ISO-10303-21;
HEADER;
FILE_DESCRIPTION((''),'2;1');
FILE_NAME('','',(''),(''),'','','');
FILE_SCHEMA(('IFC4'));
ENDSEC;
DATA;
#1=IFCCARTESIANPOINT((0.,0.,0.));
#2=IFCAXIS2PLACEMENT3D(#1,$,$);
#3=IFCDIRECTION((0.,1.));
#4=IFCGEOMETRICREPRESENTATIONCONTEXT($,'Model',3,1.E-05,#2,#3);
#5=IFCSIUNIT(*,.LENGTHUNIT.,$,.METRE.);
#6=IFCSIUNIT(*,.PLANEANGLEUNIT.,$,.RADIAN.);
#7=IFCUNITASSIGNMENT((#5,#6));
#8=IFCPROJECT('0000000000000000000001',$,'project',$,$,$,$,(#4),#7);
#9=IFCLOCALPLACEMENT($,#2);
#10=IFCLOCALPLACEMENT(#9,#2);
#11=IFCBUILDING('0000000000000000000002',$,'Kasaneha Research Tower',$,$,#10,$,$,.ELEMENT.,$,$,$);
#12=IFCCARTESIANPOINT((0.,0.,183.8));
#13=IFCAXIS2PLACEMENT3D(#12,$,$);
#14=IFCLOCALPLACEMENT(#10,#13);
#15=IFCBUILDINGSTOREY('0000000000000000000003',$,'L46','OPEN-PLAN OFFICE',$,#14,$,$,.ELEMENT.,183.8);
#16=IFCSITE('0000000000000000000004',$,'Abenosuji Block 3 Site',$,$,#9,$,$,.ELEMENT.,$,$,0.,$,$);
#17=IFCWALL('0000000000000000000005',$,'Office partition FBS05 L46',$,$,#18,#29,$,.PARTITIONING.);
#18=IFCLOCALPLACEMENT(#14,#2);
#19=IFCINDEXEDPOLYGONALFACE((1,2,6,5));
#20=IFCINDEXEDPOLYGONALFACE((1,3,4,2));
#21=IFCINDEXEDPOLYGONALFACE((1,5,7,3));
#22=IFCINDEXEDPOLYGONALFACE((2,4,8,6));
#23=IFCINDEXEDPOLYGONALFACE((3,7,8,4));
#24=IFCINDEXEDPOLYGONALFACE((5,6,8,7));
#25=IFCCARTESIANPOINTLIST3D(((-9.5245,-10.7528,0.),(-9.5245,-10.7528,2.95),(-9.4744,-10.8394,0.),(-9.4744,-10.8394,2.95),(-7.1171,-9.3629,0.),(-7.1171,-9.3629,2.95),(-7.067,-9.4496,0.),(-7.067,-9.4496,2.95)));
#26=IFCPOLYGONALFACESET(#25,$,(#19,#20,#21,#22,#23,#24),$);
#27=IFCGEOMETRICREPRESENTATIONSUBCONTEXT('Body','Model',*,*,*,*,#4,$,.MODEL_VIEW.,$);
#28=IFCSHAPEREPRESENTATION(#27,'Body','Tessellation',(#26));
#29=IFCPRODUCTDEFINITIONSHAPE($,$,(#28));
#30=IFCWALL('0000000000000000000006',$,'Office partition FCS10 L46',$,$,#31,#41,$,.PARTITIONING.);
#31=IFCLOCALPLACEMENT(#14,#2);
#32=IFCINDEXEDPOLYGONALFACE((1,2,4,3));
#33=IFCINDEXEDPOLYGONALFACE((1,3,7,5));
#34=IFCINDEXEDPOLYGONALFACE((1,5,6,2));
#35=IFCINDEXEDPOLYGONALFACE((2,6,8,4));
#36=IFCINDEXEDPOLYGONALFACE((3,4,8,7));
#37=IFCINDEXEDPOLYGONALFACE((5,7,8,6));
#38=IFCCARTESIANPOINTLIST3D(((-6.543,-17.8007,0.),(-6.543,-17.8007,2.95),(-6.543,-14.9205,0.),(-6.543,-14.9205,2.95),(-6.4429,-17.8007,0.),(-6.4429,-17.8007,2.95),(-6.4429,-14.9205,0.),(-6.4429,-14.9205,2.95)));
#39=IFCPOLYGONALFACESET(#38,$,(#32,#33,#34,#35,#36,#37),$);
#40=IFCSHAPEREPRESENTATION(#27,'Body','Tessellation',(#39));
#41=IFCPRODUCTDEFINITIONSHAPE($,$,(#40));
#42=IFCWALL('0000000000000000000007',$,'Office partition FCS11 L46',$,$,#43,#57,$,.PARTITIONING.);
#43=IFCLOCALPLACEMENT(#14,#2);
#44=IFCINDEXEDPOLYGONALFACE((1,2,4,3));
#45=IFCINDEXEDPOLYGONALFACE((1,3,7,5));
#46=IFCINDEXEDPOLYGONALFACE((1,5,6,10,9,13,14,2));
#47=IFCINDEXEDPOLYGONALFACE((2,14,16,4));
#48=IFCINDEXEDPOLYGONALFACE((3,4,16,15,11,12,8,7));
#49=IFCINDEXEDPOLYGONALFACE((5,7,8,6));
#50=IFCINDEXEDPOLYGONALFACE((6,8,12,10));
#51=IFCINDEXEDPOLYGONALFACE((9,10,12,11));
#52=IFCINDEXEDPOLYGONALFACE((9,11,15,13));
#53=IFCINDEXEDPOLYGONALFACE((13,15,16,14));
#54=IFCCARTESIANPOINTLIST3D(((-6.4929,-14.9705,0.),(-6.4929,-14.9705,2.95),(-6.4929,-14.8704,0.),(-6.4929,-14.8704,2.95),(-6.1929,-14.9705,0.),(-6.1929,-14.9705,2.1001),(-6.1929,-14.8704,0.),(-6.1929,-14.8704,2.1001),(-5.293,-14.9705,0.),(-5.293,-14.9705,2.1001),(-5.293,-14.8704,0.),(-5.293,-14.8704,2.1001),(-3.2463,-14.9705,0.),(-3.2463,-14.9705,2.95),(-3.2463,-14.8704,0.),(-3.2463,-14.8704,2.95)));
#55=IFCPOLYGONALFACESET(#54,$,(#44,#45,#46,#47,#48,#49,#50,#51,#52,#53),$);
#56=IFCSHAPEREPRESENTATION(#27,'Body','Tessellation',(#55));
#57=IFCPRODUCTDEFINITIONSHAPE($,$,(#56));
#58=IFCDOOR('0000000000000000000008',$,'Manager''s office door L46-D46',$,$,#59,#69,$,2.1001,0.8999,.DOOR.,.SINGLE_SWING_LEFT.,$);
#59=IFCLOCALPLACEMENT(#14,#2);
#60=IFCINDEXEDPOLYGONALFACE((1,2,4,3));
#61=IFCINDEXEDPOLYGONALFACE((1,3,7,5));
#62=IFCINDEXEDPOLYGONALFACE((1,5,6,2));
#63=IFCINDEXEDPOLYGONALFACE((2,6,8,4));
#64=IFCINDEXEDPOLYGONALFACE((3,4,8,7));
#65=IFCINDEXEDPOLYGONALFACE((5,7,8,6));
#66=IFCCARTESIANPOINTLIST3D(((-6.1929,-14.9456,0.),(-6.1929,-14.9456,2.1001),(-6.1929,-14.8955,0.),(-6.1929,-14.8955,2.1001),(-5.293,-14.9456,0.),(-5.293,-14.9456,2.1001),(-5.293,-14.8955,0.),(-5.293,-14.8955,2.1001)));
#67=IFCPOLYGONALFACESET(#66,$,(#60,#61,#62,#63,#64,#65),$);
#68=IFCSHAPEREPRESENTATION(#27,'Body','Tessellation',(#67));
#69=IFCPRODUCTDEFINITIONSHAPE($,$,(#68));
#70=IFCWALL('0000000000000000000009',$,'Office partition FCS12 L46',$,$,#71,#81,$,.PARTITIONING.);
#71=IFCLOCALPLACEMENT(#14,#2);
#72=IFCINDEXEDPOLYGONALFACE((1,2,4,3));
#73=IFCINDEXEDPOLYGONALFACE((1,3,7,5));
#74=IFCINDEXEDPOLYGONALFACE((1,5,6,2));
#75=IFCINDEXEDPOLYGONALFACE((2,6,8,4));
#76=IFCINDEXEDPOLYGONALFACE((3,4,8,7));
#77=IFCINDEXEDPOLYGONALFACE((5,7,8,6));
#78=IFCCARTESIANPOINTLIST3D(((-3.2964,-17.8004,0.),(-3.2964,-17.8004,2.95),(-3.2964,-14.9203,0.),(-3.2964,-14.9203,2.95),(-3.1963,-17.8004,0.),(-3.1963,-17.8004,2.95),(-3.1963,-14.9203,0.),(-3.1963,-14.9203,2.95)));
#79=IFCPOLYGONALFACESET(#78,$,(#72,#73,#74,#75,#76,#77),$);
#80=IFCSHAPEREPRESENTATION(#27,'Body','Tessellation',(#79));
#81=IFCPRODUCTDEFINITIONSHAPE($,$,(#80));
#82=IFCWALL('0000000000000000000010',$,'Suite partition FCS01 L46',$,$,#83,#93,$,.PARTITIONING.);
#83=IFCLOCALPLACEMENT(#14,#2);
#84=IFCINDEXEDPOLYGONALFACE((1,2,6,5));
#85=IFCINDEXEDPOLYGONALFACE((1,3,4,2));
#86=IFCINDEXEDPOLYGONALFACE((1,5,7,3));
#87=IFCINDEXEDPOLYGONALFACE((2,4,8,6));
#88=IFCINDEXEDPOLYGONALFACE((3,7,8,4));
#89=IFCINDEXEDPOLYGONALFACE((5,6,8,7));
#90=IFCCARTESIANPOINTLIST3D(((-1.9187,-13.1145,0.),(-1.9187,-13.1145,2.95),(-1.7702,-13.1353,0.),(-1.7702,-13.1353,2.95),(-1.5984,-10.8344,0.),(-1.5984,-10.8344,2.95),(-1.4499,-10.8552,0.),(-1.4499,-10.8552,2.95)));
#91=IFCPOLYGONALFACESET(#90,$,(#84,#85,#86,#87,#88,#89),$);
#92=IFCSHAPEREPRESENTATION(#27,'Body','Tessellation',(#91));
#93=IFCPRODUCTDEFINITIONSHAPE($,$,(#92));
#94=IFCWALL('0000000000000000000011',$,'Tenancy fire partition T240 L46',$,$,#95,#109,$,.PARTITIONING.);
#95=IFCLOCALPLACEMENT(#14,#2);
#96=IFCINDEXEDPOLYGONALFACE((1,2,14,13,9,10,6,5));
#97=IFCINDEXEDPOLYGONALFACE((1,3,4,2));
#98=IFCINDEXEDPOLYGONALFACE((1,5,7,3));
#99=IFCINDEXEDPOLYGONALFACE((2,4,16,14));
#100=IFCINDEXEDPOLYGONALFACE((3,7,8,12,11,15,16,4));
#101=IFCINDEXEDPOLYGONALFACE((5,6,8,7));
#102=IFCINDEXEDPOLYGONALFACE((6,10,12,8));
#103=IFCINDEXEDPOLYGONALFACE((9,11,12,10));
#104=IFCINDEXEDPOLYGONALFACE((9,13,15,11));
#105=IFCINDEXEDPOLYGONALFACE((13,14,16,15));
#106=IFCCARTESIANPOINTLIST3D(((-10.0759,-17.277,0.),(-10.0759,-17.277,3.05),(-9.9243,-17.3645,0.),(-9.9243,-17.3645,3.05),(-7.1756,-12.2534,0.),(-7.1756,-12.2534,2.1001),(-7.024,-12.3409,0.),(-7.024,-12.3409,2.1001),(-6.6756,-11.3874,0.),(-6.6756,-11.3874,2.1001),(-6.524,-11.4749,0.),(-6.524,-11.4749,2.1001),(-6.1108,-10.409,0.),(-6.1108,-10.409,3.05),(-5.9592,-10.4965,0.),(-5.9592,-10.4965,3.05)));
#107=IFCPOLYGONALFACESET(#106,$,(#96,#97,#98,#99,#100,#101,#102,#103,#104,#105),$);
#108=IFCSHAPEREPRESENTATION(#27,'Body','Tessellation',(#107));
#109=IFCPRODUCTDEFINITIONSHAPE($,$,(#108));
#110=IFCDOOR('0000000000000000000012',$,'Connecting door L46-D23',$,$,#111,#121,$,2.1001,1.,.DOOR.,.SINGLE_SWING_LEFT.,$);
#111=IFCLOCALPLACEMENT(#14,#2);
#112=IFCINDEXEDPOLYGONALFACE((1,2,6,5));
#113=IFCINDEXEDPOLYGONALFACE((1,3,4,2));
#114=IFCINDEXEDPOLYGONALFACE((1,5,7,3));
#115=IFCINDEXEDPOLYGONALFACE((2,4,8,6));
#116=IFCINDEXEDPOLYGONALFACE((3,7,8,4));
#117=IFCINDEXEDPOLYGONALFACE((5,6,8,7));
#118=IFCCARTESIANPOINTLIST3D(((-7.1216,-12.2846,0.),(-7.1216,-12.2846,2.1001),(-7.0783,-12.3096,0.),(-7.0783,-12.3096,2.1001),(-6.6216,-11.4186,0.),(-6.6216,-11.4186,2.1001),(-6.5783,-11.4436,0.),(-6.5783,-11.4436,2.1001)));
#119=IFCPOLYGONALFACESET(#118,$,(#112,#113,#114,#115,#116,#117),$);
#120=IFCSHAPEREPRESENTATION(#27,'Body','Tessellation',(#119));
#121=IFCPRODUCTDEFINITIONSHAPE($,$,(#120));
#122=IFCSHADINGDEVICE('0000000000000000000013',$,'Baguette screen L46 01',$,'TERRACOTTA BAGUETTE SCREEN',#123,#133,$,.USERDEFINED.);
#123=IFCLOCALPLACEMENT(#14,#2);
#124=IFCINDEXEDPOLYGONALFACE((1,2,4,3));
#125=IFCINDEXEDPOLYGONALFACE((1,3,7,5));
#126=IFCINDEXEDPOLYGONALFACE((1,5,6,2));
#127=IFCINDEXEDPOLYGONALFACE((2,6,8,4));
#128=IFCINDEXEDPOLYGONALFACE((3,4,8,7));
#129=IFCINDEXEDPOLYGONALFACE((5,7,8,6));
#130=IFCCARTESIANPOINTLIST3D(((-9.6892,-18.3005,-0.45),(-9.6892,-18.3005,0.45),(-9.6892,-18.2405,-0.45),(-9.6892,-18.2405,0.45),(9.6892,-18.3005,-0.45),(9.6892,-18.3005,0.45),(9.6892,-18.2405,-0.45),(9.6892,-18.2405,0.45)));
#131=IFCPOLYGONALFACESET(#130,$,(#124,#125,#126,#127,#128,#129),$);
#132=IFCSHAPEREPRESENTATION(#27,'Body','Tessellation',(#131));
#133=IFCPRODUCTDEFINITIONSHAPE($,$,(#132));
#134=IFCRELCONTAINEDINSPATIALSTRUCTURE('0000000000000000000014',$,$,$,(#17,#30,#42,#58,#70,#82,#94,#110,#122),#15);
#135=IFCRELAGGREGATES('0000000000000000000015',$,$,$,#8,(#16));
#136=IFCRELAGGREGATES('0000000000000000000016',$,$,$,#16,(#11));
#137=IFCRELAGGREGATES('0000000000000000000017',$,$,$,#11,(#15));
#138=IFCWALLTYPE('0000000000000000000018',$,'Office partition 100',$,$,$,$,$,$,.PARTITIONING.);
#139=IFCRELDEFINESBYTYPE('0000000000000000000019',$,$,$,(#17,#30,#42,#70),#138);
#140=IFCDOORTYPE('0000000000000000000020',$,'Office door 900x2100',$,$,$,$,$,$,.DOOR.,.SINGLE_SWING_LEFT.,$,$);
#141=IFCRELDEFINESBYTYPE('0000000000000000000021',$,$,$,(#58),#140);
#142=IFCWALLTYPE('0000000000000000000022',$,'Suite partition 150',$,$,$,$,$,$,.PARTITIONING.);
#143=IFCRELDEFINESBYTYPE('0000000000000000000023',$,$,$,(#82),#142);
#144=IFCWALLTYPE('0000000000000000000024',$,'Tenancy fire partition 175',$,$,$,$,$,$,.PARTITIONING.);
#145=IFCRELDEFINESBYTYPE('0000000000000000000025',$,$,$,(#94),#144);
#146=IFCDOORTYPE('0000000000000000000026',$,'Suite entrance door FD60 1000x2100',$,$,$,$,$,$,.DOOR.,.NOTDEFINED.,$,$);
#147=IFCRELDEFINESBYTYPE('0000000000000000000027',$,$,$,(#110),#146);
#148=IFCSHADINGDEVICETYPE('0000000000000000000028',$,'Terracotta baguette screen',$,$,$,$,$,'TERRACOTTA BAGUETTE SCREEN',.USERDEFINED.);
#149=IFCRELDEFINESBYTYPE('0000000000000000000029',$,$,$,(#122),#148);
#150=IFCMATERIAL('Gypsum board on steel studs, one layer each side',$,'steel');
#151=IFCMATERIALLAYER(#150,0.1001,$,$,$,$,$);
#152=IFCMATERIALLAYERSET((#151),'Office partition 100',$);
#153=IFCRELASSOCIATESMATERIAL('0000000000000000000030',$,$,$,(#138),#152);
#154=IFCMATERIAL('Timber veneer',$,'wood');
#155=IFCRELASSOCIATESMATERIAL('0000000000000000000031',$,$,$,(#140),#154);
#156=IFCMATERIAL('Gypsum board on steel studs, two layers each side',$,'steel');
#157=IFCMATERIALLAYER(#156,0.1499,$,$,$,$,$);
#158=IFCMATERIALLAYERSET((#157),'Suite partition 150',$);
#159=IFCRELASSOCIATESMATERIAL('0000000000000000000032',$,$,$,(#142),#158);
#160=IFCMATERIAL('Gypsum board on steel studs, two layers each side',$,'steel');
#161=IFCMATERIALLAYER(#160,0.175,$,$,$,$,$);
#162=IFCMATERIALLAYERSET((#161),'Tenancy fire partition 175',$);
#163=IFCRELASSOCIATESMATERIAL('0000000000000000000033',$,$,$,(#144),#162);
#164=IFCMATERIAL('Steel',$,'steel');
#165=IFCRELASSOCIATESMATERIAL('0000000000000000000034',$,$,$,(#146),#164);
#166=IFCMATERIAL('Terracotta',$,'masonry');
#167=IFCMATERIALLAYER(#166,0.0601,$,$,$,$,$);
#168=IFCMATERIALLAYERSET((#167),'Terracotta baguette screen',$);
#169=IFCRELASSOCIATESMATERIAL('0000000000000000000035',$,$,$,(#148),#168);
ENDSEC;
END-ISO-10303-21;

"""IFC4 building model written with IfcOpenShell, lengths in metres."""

from ifc_helpers import new_model, si_unit, direction, frame, frame_2d, origin, origin_2d, place, context, subcontext, project, spatial, rectangle, extrude, material, layer, layer_set, type_object, element, fill, save


model = new_model("IFC4")

# Units and contexts
model_context = context("Model", 3, precision=1e-05, world=origin(), true_north=direction((0.0, 1.0)))
body_context = subcontext(model_context, "Body", "Model", "MODEL_VIEW")
ifc_project = project(units=[si_unit("LENGTHUNIT", "METRE"), si_unit("PLANEANGLEUNIT", "RADIAN")], contexts=[model_context])

# Site, building, storey
site_placement = place(None, origin())
site = spatial("IfcSite", under=ifc_project, at=site_placement, Name="Abenosuji Block 3 Site", CompositionType="ELEMENT", RefElevation=0.0)
building_placement = place(site_placement, origin())
building = spatial("IfcBuilding", under=site, at=building_placement, Name="Kasaneha Research Tower", CompositionType="ELEMENT")
storey_placement = place(building_placement, frame((0.0, 0.0, 183.8)))
storey = spatial("IfcBuildingStorey", under=building, at=storey_placement, Name="L46", Description="OPEN-PLAN OFFICE", CompositionType="ELEMENT", Elevation=183.8)

# Walls
ifc_material_1 = material(Name="Gypsum board on steel studs, one layer each side", Category="steel")
ifc_layer_1 = layer(ifc_material_1, 0.1001)
ifc_layer_set_1 = layer_set([ifc_layer_1], Name="Office partition 100")
wall_type_1 = type_object("IfcWallType", Name="Office partition 100", PredefinedType="PARTITIONING", material=ifc_layer_set_1)
wall_1_placement = place(storey_placement, frame((-7.092, -9.4062, 0.0), z_axis=(0.0, 0.0, 1.0), x_axis=(-0.866035, -0.499983, 0.0)))
element("IfcWall", 1, at=wall_1_placement, inside=storey, type_object=wall_type_1, Name="Office partition FBS05 L46", PredefinedType="PARTITIONING", context=body_context, shape_type="SweptSolid", body=[
    extrude(rectangle(XDim=2.7798, YDim=0.1001, at=frame_2d((1.3899, 0.0))), origin(), (0.0, 0.0, 1.0), 2.95),
])
wall_2_placement = place(storey_placement, frame((-6.4929, -17.8005, 0.0), z_axis=(0.0, 0.0, 1.0), x_axis=(0.0, 1.0, 0.0)))
element("IfcWall", 2, at=wall_2_placement, inside=storey, type_object=wall_type_1, Name="Office partition FCS10 L46", PredefinedType="PARTITIONING", context=body_context, shape_type="SweptSolid", body=[
    extrude(rectangle(XDim=2.8801, YDim=0.1001, at=frame_2d((1.4399, 0.0))), origin(), (0.0, 0.0, 1.0), 2.95),
])

# Wall, opening, door
wall_3_placement = place(storey_placement, frame((-6.4929, -14.9204, 0.0), z_axis=(0.0, 0.0, 1.0), x_axis=(1.0, 0.0, 0.0)))
wall_3 = element("IfcWall", 3, at=wall_3_placement, inside=storey, type_object=wall_type_1, Name="Office partition FCS11 L46", PredefinedType="PARTITIONING", context=body_context, shape_type="SweptSolid", body=[
    extrude(rectangle(XDim=3.2466, YDim=0.1001, at=frame_2d((1.6233, 0.0))), origin(), (0.0, 0.0, 1.0), 2.95),
])
opening_1_placement = place(wall_3_placement, frame((0.3, 0.0, 0.0)))
opening_1 = element("IfcOpeningElement", 4, at=opening_1_placement, cuts=wall_3, PredefinedType="OPENING", context=body_context, shape_type="SweptSolid", body=[
    extrude(rectangle(XDim=0.8999, YDim=2.1001, at=frame_2d((0.45, 1.05))), frame((0.0, 0.0601, 0.0), z_axis=(0.0, -1.0, 0.0), x_axis=(1.0, 0.0, 0.0)), (0.0, 0.0, 1.0), 0.1201),
])
ifc_material_2 = material(Name="Timber veneer", Category="wood")
door_type_1 = type_object("IfcDoorType", Name="Office door 900x2100", OperationType="SINGLE_SWING_LEFT", PredefinedType="DOOR", material=ifc_material_2)
door_1_placement = place(opening_1_placement, origin())
door_1 = element("IfcDoor", 5, at=door_1_placement, inside=storey, type_object=door_type_1, Name="Manager's office door L46-D46", OperationType="SINGLE_SWING_LEFT", OverallHeight=2.1001, OverallWidth=0.8999, PredefinedType="DOOR", context=body_context, shape_type="SweptSolid", body=[
    extrude(rectangle(XDim=0.8999, YDim=2.1001, at=frame_2d((0.45, 1.05))), frame((0.0, 0.0249, 0.0), z_axis=(0.0, -1.0, 0.0), x_axis=(1.0, 0.0, 0.0)), (0.0, 0.0, 1.0), 0.05),
])
fill(opening_1, door_1)

# Walls
wall_4_placement = place(storey_placement, frame((-3.2463, -14.9204, 0.0), z_axis=(0.0, 0.0, 1.0), x_axis=(0.0, -1.0, 0.0)))
element("IfcWall", 6, at=wall_4_placement, inside=storey, type_object=wall_type_1, Name="Office partition FCS12 L46", PredefinedType="PARTITIONING", context=body_context, shape_type="SweptSolid", body=[
    extrude(rectangle(XDim=2.8801, YDim=0.1001, at=frame_2d((1.4399, 0.0))), origin(), (0.0, 0.0, 1.0), 2.95),
])
ifc_material_3 = material(Name="Gypsum board on steel studs, two layers each side", Category="steel")
ifc_layer_2 = layer(ifc_material_3, 0.1499)
ifc_layer_set_2 = layer_set([ifc_layer_2], Name="Suite partition 150")
wall_type_2 = type_object("IfcWallType", Name="Suite partition 150", PredefinedType="PARTITIONING", material=ifc_layer_set_2)
wall_5_placement = place(storey_placement, frame((-1.8445, -13.125, 0.0), z_axis=(0.0, 0.0, 1.0), x_axis=(0.13912, 0.990276, 0.0)))
element("IfcWall", 7, at=wall_5_placement, inside=storey, type_object=wall_type_2, Name="Suite partition FCS01 L46", PredefinedType="PARTITIONING", context=body_context, shape_type="SweptSolid", body=[
    extrude(rectangle(XDim=2.3025, YDim=0.1499, at=frame_2d((1.1514, 0.0))), origin(), (0.0, 0.0, 1.0), 2.95),
])

# Wall, opening, door
ifc_material_4 = material(Name="Gypsum board on steel studs, two layers each side", Category="steel")
ifc_layer_3 = layer(ifc_material_4, 0.175)
ifc_layer_set_3 = layer_set([ifc_layer_3], Name="Tenancy fire partition 175")
wall_type_3 = type_object("IfcWallType", Name="Tenancy fire partition 175", PredefinedType="PARTITIONING", material=ifc_layer_set_3)
wall_6_placement = place(storey_placement, frame((-6.0349, -10.4526, 0.0), z_axis=(0.0, 0.0, 1.0), x_axis=(-0.49999, -0.866031, 0.0)))
wall_6 = element("IfcWall", 8, at=wall_6_placement, inside=storey, type_object=wall_type_3, Name="Tenancy fire partition T240 L46", PredefinedType="PARTITIONING", context=body_context, shape_type="SweptSolid", body=[
    extrude(rectangle(XDim=7.9304, YDim=0.175, at=frame_2d((3.9653, 0.0))), origin(), (0.0, 0.0, 1.0), 3.05),
])
opening_2_placement = place(wall_6_placement, frame((1.1299, 0.0, 0.0)))
opening_2 = element("IfcOpeningElement", 9, at=opening_2_placement, cuts=wall_6, PredefinedType="OPENING", context=body_context, shape_type="SweptSolid", body=[
    extrude(rectangle(XDim=1.0, YDim=2.1001, at=frame_2d((0.5, 1.05))), frame((0.0, 0.0977, 0.0), z_axis=(0.0, -1.0, 0.0), x_axis=(1.0, 0.0, 0.0)), (0.0, 0.0, 1.0), 0.1951),
])
ifc_material_5 = material(Name="Steel", Category="steel")
door_type_2 = type_object("IfcDoorType", Name="Suite entrance door FD60 1000x2100", OperationType="NOTDEFINED", PredefinedType="DOOR", material=ifc_material_5)
door_2_placement = place(opening_2_placement, origin())
door_2 = element("IfcDoor", 10, at=door_2_placement, inside=storey, type_object=door_type_2, Name="Connecting door L46-D23", OperationType="SINGLE_SWING_LEFT", OverallHeight=2.1001, OverallWidth=1.0, PredefinedType="DOOR", context=body_context, shape_type="SweptSolid", body=[
    extrude(rectangle(XDim=1.0, YDim=2.1001, at=frame_2d((0.5, 1.05))), frame((0.0, 0.0249, 0.0), z_axis=(0.0, -1.0, 0.0), x_axis=(1.0, 0.0, 0.0)), (0.0, 0.0, 1.0), 0.05),
])
fill(opening_2, door_2)

# Shading device
ifc_material_6 = material(Name="Terracotta", Category="masonry")
ifc_layer_4 = layer(ifc_material_6, 0.0601)
ifc_layer_set_4 = layer_set([ifc_layer_4], Name="Terracotta baguette screen")
shading_device_type = type_object("IfcShadingDeviceType", Name="Terracotta baguette screen", ElementType="TERRACOTTA BAGUETTE SCREEN", PredefinedType="USERDEFINED", material=ifc_layer_set_4)
shading_device_placement = place(storey_placement, frame((0.0, -18.2705, -0.45), z_axis=(0.0, 0.0, 1.0), x_axis=(1.0, 0.0, 0.0)))
element("IfcShadingDevice", 11, at=shading_device_placement, inside=storey, type_object=shading_device_type, Name="Baguette screen L46 01", ObjectType="TERRACOTTA BAGUETTE SCREEN", PredefinedType="USERDEFINED", context=body_context, shape_type="SweptSolid", body=[
    extrude(rectangle(XDim=19.3784, YDim=0.0601, at=origin_2d()), origin(), (0.0, 0.0, 1.0), 0.8999),
])

save(model, "model.ifc")
